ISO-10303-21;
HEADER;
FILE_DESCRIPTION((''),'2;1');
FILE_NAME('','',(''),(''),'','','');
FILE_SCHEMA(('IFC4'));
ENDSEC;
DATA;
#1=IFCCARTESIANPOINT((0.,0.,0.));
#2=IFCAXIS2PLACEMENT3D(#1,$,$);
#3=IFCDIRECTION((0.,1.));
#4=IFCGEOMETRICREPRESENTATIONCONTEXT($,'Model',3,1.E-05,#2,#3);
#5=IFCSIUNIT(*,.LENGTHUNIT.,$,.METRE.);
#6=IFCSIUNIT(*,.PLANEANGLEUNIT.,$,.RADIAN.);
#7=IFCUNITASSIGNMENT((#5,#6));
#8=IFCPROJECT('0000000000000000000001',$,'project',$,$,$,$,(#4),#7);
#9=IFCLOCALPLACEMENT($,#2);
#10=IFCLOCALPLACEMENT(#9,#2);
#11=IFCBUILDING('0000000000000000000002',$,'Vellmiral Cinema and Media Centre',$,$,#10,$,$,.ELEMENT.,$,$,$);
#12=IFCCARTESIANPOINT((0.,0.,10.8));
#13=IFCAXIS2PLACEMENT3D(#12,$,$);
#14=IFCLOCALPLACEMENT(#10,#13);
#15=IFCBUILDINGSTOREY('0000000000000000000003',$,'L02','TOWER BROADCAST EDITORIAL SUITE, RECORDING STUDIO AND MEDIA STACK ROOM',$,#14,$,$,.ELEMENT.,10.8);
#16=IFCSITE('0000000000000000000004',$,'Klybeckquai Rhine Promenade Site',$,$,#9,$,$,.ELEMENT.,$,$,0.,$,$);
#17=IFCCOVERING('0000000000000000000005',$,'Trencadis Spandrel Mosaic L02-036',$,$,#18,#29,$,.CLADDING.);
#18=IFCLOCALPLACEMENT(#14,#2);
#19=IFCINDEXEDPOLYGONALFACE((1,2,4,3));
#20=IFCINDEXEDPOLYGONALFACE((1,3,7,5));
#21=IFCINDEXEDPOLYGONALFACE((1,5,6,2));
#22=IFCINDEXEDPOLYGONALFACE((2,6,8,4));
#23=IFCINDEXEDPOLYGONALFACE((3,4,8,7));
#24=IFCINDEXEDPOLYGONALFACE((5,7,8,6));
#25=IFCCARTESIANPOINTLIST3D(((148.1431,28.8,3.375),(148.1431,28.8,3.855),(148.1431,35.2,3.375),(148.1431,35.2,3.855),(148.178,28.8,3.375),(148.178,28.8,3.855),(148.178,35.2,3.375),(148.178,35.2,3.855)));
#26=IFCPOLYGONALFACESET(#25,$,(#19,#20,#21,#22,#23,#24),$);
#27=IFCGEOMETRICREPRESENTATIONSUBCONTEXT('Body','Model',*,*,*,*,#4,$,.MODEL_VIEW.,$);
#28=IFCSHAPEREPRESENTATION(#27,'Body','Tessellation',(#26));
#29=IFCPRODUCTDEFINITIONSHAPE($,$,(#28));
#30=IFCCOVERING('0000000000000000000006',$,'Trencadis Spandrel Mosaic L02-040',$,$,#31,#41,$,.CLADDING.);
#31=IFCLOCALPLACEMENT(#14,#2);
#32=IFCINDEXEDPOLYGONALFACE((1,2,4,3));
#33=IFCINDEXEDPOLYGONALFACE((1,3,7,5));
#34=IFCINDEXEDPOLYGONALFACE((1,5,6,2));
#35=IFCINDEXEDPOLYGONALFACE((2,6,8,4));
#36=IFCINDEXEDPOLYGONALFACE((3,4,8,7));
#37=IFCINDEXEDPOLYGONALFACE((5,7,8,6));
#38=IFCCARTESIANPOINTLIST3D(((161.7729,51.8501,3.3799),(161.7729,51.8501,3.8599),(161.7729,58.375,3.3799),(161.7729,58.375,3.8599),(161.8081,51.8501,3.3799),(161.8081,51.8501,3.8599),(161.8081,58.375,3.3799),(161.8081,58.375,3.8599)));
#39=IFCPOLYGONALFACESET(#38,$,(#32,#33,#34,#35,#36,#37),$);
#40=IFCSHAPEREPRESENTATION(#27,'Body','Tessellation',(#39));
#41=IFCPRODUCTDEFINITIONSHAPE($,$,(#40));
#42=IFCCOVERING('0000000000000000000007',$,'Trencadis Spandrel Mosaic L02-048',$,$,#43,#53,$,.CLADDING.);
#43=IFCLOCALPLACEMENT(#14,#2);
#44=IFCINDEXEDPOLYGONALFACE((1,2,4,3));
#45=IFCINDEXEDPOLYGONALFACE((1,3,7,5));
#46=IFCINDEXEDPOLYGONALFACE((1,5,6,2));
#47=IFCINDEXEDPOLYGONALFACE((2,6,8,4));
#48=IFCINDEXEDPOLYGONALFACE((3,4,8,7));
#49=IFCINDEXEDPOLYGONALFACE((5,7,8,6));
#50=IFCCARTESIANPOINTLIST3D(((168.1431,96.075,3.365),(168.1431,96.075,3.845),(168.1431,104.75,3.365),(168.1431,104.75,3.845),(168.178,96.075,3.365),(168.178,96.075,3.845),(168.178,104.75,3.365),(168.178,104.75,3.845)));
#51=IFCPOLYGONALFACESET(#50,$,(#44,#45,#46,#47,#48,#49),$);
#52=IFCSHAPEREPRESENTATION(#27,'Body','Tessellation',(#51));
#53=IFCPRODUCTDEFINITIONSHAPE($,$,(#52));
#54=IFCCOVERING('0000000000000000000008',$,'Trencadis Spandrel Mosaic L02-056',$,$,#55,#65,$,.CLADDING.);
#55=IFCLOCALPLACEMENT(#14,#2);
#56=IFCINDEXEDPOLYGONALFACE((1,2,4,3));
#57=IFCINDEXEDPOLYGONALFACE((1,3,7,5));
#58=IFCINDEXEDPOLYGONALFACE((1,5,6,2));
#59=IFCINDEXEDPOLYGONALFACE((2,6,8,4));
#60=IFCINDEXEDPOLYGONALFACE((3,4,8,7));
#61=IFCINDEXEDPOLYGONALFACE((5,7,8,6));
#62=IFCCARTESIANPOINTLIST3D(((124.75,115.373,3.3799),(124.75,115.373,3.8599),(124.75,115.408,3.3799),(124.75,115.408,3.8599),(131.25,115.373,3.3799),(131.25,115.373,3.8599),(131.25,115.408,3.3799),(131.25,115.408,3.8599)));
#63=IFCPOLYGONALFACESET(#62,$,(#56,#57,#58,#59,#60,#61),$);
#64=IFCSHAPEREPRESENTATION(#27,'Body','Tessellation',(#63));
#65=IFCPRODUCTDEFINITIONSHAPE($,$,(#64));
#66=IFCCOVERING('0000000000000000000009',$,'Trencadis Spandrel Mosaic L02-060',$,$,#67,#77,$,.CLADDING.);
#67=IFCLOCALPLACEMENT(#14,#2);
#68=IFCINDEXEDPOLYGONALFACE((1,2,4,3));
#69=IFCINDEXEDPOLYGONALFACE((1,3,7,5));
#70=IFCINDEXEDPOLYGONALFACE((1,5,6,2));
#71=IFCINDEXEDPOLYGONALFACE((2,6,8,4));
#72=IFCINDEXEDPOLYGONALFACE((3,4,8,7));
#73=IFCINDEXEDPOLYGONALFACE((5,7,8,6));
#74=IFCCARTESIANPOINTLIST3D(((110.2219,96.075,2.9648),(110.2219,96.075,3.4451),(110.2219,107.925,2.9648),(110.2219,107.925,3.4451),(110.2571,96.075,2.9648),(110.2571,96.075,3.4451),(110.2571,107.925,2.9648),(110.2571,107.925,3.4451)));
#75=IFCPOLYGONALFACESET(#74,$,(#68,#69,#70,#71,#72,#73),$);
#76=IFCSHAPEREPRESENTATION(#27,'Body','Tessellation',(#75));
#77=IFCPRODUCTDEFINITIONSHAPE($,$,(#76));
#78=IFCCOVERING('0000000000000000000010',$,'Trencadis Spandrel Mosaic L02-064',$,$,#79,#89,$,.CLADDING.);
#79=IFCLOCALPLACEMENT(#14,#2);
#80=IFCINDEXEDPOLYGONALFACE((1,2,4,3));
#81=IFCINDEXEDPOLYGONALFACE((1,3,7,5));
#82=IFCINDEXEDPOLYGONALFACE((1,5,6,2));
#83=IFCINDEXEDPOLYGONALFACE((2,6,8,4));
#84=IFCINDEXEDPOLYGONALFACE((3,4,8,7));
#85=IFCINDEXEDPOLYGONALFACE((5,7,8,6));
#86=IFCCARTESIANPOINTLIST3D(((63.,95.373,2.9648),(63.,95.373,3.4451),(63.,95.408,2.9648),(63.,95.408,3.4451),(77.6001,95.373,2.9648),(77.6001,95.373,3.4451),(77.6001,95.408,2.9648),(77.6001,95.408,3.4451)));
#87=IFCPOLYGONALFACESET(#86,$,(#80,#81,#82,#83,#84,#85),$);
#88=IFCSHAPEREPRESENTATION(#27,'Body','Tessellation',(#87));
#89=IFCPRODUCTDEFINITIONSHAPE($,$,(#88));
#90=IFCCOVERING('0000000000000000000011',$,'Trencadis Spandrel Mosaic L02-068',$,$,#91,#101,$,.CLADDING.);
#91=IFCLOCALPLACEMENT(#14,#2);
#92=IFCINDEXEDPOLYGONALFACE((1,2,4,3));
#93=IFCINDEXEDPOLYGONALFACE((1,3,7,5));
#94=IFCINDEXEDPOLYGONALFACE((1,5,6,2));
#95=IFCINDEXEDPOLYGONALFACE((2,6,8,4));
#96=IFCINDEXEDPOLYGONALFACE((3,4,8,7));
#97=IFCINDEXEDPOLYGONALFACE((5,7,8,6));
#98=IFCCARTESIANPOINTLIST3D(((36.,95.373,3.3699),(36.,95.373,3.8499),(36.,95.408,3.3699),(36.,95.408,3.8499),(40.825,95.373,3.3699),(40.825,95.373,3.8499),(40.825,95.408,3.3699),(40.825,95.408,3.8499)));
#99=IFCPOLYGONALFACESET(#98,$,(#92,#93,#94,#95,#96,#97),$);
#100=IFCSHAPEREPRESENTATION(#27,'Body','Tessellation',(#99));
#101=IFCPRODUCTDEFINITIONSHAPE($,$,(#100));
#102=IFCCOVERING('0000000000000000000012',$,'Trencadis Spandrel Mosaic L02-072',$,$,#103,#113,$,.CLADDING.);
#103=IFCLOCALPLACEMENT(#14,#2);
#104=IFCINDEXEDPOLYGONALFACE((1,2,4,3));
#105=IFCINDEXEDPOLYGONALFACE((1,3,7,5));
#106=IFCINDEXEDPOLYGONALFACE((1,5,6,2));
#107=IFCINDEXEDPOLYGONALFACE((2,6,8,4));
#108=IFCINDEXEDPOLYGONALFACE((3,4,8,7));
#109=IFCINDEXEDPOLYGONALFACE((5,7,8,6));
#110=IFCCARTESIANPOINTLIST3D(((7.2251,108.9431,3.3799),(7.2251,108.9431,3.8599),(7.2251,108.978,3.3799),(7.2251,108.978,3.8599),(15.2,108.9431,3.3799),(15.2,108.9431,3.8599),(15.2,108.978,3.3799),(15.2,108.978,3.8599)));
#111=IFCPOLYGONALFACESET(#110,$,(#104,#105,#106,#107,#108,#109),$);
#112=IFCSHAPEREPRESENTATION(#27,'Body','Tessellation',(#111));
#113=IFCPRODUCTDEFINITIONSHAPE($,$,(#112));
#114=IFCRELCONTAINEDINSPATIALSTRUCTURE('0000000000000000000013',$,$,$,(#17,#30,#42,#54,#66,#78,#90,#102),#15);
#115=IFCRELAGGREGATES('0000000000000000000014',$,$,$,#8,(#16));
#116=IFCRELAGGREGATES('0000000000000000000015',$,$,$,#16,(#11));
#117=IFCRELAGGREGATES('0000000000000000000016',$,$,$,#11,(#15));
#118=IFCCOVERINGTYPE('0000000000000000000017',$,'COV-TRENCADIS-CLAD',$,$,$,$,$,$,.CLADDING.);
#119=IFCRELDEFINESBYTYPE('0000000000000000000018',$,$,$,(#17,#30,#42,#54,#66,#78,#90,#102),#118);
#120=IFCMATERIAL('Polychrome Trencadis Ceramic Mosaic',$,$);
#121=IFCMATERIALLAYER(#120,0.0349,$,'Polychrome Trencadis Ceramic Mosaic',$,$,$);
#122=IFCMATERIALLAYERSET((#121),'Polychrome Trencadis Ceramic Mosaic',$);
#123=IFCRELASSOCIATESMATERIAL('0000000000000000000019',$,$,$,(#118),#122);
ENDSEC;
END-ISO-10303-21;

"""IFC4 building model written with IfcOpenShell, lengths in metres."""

from ifc_helpers import new_model, si_unit, direction, frame, origin, place, context, subcontext, project, spatial, polyline, outline, extrude, material, layer, layer_set, type_object, element, save


model = new_model("IFC4")

# Units and contexts
model_context = context("Model", 3, precision=1e-05, world=origin(), true_north=direction((0.0, 1.0)))
body_context = subcontext(model_context, "Body", "Model", "MODEL_VIEW")
ifc_project = project(units=[si_unit("LENGTHUNIT", "METRE"), si_unit("PLANEANGLEUNIT", "RADIAN")], contexts=[model_context])

# Site, building, storey
site_placement = place(None, origin())
site = spatial("IfcSite", under=ifc_project, at=site_placement, Name="Klybeckquai Rhine Promenade Site", CompositionType="ELEMENT", RefElevation=0.0)
building_placement = place(site_placement, origin())
building = spatial("IfcBuilding", under=site, at=building_placement, Name="Vellmiral Cinema and Media Centre", CompositionType="ELEMENT")
storey_placement = place(building_placement, frame((0.0, 0.0, 10.8)))
storey = spatial("IfcBuildingStorey", under=building, at=storey_placement, Name="L02", Description="TOWER BROADCAST EDITORIAL SUITE, RECORDING STUDIO AND MEDIA STACK ROOM", CompositionType="ELEMENT", Elevation=10.8)

# Coverings
ifc_material_1 = material(Name="Polychrome Trencadis Ceramic Mosaic")
ifc_layer_1 = layer(ifc_material_1, 0.0349, Name="Polychrome Trencadis Ceramic Mosaic")
ifc_layer_set_1 = layer_set([ifc_layer_1], Name="Polychrome Trencadis Ceramic Mosaic")
covering_type = type_object("IfcCoveringType", Name="COV-TRENCADIS-CLAD", PredefinedType="CLADDING", material=ifc_layer_set_1)
covering_1_placement = place(storey_placement, frame((0.0, 0.0, 3.375)))
element("IfcCovering", 1, at=covering_1_placement, inside=storey, type_object=covering_type, Name="Trencadis Spandrel Mosaic L02-036", PredefinedType="CLADDING", context=body_context, shape_type="SweptSolid", body=[
    extrude(outline(polyline([(148.178, 28.8), (148.178, 35.2), (148.1431, 35.2), (148.1431, 28.8), (148.178, 28.8)])), origin(), (0.0, 0.0, 1.0), 0.48),
])
covering_2_placement = place(storey_placement, frame((0.0, 0.0, 3.3799)))
element("IfcCovering", 2, at=covering_2_placement, inside=storey, type_object=covering_type, Name="Trencadis Spandrel Mosaic L02-040", PredefinedType="CLADDING", context=body_context, shape_type="SweptSolid", body=[
    extrude(outline(polyline([(161.8081, 51.8501), (161.8081, 58.375), (161.7729, 58.375), (161.7729, 51.8501), (161.8081, 51.8501)])), origin(), (0.0, 0.0, 1.0), 0.48),
])
covering_3_placement = place(storey_placement, frame((0.0, 0.0, 3.365)))
element("IfcCovering", 3, at=covering_3_placement, inside=storey, type_object=covering_type, Name="Trencadis Spandrel Mosaic L02-048", PredefinedType="CLADDING", context=body_context, shape_type="SweptSolid", body=[
    extrude(outline(polyline([(168.178, 96.075), (168.178, 104.75), (168.1431, 104.75), (168.1431, 96.075), (168.178, 96.075)])), origin(), (0.0, 0.0, 1.0), 0.48),
])
covering_4_placement = place(storey_placement, frame((0.0, 0.0, 3.3799)))
element("IfcCovering", 4, at=covering_4_placement, inside=storey, type_object=covering_type, Name="Trencadis Spandrel Mosaic L02-056", PredefinedType="CLADDING", context=body_context, shape_type="SweptSolid", body=[
    extrude(outline(polyline([(131.25, 115.408), (124.75, 115.408), (124.75, 115.373), (131.25, 115.373), (131.25, 115.408)])), origin(), (0.0, 0.0, 1.0), 0.48),
])
covering_5_placement = place(storey_placement, frame((0.0, 0.0, 2.9648)))
element("IfcCovering", 5, at=covering_5_placement, inside=storey, type_object=covering_type, Name="Trencadis Spandrel Mosaic L02-060", PredefinedType="CLADDING", context=body_context, shape_type="SweptSolid", body=[
    extrude(outline(polyline([(110.2219, 107.925), (110.2219, 96.075), (110.2571, 96.075), (110.2571, 107.925), (110.2219, 107.925)])), origin(), (0.0, 0.0, 1.0), 0.4802),
])
covering_6_placement = place(storey_placement, frame((0.0, 0.0, 2.9648)))
element("IfcCovering", 6, at=covering_6_placement, inside=storey, type_object=covering_type, Name="Trencadis Spandrel Mosaic L02-064", PredefinedType="CLADDING", context=body_context, shape_type="SweptSolid", body=[
    extrude(outline(polyline([(77.6001, 95.408), (63.0, 95.408), (63.0, 95.373), (77.6001, 95.373), (77.6001, 95.408)])), origin(), (0.0, 0.0, 1.0), 0.4802),
])
covering_7_placement = place(storey_placement, frame((0.0, 0.0, 3.3699)))
element("IfcCovering", 7, at=covering_7_placement, inside=storey, type_object=covering_type, Name="Trencadis Spandrel Mosaic L02-068", PredefinedType="CLADDING", context=body_context, shape_type="SweptSolid", body=[
    extrude(outline(polyline([(40.825, 95.408), (36.0, 95.408), (36.0, 95.373), (40.825, 95.373), (40.825, 95.408)])), origin(), (0.0, 0.0, 1.0), 0.48),
])
covering_8_placement = place(storey_placement, frame((0.0, 0.0, 3.3799)))
element("IfcCovering", 8, at=covering_8_placement, inside=storey, type_object=covering_type, Name="Trencadis Spandrel Mosaic L02-072", PredefinedType="CLADDING", context=body_context, shape_type="SweptSolid", body=[
    extrude(outline(polyline([(15.2, 108.978), (7.2251, 108.978), (7.2251, 108.9431), (15.2, 108.9431), (15.2, 108.978)])), origin(), (0.0, 0.0, 1.0), 0.48),
])

save(model, "model.ifc")
